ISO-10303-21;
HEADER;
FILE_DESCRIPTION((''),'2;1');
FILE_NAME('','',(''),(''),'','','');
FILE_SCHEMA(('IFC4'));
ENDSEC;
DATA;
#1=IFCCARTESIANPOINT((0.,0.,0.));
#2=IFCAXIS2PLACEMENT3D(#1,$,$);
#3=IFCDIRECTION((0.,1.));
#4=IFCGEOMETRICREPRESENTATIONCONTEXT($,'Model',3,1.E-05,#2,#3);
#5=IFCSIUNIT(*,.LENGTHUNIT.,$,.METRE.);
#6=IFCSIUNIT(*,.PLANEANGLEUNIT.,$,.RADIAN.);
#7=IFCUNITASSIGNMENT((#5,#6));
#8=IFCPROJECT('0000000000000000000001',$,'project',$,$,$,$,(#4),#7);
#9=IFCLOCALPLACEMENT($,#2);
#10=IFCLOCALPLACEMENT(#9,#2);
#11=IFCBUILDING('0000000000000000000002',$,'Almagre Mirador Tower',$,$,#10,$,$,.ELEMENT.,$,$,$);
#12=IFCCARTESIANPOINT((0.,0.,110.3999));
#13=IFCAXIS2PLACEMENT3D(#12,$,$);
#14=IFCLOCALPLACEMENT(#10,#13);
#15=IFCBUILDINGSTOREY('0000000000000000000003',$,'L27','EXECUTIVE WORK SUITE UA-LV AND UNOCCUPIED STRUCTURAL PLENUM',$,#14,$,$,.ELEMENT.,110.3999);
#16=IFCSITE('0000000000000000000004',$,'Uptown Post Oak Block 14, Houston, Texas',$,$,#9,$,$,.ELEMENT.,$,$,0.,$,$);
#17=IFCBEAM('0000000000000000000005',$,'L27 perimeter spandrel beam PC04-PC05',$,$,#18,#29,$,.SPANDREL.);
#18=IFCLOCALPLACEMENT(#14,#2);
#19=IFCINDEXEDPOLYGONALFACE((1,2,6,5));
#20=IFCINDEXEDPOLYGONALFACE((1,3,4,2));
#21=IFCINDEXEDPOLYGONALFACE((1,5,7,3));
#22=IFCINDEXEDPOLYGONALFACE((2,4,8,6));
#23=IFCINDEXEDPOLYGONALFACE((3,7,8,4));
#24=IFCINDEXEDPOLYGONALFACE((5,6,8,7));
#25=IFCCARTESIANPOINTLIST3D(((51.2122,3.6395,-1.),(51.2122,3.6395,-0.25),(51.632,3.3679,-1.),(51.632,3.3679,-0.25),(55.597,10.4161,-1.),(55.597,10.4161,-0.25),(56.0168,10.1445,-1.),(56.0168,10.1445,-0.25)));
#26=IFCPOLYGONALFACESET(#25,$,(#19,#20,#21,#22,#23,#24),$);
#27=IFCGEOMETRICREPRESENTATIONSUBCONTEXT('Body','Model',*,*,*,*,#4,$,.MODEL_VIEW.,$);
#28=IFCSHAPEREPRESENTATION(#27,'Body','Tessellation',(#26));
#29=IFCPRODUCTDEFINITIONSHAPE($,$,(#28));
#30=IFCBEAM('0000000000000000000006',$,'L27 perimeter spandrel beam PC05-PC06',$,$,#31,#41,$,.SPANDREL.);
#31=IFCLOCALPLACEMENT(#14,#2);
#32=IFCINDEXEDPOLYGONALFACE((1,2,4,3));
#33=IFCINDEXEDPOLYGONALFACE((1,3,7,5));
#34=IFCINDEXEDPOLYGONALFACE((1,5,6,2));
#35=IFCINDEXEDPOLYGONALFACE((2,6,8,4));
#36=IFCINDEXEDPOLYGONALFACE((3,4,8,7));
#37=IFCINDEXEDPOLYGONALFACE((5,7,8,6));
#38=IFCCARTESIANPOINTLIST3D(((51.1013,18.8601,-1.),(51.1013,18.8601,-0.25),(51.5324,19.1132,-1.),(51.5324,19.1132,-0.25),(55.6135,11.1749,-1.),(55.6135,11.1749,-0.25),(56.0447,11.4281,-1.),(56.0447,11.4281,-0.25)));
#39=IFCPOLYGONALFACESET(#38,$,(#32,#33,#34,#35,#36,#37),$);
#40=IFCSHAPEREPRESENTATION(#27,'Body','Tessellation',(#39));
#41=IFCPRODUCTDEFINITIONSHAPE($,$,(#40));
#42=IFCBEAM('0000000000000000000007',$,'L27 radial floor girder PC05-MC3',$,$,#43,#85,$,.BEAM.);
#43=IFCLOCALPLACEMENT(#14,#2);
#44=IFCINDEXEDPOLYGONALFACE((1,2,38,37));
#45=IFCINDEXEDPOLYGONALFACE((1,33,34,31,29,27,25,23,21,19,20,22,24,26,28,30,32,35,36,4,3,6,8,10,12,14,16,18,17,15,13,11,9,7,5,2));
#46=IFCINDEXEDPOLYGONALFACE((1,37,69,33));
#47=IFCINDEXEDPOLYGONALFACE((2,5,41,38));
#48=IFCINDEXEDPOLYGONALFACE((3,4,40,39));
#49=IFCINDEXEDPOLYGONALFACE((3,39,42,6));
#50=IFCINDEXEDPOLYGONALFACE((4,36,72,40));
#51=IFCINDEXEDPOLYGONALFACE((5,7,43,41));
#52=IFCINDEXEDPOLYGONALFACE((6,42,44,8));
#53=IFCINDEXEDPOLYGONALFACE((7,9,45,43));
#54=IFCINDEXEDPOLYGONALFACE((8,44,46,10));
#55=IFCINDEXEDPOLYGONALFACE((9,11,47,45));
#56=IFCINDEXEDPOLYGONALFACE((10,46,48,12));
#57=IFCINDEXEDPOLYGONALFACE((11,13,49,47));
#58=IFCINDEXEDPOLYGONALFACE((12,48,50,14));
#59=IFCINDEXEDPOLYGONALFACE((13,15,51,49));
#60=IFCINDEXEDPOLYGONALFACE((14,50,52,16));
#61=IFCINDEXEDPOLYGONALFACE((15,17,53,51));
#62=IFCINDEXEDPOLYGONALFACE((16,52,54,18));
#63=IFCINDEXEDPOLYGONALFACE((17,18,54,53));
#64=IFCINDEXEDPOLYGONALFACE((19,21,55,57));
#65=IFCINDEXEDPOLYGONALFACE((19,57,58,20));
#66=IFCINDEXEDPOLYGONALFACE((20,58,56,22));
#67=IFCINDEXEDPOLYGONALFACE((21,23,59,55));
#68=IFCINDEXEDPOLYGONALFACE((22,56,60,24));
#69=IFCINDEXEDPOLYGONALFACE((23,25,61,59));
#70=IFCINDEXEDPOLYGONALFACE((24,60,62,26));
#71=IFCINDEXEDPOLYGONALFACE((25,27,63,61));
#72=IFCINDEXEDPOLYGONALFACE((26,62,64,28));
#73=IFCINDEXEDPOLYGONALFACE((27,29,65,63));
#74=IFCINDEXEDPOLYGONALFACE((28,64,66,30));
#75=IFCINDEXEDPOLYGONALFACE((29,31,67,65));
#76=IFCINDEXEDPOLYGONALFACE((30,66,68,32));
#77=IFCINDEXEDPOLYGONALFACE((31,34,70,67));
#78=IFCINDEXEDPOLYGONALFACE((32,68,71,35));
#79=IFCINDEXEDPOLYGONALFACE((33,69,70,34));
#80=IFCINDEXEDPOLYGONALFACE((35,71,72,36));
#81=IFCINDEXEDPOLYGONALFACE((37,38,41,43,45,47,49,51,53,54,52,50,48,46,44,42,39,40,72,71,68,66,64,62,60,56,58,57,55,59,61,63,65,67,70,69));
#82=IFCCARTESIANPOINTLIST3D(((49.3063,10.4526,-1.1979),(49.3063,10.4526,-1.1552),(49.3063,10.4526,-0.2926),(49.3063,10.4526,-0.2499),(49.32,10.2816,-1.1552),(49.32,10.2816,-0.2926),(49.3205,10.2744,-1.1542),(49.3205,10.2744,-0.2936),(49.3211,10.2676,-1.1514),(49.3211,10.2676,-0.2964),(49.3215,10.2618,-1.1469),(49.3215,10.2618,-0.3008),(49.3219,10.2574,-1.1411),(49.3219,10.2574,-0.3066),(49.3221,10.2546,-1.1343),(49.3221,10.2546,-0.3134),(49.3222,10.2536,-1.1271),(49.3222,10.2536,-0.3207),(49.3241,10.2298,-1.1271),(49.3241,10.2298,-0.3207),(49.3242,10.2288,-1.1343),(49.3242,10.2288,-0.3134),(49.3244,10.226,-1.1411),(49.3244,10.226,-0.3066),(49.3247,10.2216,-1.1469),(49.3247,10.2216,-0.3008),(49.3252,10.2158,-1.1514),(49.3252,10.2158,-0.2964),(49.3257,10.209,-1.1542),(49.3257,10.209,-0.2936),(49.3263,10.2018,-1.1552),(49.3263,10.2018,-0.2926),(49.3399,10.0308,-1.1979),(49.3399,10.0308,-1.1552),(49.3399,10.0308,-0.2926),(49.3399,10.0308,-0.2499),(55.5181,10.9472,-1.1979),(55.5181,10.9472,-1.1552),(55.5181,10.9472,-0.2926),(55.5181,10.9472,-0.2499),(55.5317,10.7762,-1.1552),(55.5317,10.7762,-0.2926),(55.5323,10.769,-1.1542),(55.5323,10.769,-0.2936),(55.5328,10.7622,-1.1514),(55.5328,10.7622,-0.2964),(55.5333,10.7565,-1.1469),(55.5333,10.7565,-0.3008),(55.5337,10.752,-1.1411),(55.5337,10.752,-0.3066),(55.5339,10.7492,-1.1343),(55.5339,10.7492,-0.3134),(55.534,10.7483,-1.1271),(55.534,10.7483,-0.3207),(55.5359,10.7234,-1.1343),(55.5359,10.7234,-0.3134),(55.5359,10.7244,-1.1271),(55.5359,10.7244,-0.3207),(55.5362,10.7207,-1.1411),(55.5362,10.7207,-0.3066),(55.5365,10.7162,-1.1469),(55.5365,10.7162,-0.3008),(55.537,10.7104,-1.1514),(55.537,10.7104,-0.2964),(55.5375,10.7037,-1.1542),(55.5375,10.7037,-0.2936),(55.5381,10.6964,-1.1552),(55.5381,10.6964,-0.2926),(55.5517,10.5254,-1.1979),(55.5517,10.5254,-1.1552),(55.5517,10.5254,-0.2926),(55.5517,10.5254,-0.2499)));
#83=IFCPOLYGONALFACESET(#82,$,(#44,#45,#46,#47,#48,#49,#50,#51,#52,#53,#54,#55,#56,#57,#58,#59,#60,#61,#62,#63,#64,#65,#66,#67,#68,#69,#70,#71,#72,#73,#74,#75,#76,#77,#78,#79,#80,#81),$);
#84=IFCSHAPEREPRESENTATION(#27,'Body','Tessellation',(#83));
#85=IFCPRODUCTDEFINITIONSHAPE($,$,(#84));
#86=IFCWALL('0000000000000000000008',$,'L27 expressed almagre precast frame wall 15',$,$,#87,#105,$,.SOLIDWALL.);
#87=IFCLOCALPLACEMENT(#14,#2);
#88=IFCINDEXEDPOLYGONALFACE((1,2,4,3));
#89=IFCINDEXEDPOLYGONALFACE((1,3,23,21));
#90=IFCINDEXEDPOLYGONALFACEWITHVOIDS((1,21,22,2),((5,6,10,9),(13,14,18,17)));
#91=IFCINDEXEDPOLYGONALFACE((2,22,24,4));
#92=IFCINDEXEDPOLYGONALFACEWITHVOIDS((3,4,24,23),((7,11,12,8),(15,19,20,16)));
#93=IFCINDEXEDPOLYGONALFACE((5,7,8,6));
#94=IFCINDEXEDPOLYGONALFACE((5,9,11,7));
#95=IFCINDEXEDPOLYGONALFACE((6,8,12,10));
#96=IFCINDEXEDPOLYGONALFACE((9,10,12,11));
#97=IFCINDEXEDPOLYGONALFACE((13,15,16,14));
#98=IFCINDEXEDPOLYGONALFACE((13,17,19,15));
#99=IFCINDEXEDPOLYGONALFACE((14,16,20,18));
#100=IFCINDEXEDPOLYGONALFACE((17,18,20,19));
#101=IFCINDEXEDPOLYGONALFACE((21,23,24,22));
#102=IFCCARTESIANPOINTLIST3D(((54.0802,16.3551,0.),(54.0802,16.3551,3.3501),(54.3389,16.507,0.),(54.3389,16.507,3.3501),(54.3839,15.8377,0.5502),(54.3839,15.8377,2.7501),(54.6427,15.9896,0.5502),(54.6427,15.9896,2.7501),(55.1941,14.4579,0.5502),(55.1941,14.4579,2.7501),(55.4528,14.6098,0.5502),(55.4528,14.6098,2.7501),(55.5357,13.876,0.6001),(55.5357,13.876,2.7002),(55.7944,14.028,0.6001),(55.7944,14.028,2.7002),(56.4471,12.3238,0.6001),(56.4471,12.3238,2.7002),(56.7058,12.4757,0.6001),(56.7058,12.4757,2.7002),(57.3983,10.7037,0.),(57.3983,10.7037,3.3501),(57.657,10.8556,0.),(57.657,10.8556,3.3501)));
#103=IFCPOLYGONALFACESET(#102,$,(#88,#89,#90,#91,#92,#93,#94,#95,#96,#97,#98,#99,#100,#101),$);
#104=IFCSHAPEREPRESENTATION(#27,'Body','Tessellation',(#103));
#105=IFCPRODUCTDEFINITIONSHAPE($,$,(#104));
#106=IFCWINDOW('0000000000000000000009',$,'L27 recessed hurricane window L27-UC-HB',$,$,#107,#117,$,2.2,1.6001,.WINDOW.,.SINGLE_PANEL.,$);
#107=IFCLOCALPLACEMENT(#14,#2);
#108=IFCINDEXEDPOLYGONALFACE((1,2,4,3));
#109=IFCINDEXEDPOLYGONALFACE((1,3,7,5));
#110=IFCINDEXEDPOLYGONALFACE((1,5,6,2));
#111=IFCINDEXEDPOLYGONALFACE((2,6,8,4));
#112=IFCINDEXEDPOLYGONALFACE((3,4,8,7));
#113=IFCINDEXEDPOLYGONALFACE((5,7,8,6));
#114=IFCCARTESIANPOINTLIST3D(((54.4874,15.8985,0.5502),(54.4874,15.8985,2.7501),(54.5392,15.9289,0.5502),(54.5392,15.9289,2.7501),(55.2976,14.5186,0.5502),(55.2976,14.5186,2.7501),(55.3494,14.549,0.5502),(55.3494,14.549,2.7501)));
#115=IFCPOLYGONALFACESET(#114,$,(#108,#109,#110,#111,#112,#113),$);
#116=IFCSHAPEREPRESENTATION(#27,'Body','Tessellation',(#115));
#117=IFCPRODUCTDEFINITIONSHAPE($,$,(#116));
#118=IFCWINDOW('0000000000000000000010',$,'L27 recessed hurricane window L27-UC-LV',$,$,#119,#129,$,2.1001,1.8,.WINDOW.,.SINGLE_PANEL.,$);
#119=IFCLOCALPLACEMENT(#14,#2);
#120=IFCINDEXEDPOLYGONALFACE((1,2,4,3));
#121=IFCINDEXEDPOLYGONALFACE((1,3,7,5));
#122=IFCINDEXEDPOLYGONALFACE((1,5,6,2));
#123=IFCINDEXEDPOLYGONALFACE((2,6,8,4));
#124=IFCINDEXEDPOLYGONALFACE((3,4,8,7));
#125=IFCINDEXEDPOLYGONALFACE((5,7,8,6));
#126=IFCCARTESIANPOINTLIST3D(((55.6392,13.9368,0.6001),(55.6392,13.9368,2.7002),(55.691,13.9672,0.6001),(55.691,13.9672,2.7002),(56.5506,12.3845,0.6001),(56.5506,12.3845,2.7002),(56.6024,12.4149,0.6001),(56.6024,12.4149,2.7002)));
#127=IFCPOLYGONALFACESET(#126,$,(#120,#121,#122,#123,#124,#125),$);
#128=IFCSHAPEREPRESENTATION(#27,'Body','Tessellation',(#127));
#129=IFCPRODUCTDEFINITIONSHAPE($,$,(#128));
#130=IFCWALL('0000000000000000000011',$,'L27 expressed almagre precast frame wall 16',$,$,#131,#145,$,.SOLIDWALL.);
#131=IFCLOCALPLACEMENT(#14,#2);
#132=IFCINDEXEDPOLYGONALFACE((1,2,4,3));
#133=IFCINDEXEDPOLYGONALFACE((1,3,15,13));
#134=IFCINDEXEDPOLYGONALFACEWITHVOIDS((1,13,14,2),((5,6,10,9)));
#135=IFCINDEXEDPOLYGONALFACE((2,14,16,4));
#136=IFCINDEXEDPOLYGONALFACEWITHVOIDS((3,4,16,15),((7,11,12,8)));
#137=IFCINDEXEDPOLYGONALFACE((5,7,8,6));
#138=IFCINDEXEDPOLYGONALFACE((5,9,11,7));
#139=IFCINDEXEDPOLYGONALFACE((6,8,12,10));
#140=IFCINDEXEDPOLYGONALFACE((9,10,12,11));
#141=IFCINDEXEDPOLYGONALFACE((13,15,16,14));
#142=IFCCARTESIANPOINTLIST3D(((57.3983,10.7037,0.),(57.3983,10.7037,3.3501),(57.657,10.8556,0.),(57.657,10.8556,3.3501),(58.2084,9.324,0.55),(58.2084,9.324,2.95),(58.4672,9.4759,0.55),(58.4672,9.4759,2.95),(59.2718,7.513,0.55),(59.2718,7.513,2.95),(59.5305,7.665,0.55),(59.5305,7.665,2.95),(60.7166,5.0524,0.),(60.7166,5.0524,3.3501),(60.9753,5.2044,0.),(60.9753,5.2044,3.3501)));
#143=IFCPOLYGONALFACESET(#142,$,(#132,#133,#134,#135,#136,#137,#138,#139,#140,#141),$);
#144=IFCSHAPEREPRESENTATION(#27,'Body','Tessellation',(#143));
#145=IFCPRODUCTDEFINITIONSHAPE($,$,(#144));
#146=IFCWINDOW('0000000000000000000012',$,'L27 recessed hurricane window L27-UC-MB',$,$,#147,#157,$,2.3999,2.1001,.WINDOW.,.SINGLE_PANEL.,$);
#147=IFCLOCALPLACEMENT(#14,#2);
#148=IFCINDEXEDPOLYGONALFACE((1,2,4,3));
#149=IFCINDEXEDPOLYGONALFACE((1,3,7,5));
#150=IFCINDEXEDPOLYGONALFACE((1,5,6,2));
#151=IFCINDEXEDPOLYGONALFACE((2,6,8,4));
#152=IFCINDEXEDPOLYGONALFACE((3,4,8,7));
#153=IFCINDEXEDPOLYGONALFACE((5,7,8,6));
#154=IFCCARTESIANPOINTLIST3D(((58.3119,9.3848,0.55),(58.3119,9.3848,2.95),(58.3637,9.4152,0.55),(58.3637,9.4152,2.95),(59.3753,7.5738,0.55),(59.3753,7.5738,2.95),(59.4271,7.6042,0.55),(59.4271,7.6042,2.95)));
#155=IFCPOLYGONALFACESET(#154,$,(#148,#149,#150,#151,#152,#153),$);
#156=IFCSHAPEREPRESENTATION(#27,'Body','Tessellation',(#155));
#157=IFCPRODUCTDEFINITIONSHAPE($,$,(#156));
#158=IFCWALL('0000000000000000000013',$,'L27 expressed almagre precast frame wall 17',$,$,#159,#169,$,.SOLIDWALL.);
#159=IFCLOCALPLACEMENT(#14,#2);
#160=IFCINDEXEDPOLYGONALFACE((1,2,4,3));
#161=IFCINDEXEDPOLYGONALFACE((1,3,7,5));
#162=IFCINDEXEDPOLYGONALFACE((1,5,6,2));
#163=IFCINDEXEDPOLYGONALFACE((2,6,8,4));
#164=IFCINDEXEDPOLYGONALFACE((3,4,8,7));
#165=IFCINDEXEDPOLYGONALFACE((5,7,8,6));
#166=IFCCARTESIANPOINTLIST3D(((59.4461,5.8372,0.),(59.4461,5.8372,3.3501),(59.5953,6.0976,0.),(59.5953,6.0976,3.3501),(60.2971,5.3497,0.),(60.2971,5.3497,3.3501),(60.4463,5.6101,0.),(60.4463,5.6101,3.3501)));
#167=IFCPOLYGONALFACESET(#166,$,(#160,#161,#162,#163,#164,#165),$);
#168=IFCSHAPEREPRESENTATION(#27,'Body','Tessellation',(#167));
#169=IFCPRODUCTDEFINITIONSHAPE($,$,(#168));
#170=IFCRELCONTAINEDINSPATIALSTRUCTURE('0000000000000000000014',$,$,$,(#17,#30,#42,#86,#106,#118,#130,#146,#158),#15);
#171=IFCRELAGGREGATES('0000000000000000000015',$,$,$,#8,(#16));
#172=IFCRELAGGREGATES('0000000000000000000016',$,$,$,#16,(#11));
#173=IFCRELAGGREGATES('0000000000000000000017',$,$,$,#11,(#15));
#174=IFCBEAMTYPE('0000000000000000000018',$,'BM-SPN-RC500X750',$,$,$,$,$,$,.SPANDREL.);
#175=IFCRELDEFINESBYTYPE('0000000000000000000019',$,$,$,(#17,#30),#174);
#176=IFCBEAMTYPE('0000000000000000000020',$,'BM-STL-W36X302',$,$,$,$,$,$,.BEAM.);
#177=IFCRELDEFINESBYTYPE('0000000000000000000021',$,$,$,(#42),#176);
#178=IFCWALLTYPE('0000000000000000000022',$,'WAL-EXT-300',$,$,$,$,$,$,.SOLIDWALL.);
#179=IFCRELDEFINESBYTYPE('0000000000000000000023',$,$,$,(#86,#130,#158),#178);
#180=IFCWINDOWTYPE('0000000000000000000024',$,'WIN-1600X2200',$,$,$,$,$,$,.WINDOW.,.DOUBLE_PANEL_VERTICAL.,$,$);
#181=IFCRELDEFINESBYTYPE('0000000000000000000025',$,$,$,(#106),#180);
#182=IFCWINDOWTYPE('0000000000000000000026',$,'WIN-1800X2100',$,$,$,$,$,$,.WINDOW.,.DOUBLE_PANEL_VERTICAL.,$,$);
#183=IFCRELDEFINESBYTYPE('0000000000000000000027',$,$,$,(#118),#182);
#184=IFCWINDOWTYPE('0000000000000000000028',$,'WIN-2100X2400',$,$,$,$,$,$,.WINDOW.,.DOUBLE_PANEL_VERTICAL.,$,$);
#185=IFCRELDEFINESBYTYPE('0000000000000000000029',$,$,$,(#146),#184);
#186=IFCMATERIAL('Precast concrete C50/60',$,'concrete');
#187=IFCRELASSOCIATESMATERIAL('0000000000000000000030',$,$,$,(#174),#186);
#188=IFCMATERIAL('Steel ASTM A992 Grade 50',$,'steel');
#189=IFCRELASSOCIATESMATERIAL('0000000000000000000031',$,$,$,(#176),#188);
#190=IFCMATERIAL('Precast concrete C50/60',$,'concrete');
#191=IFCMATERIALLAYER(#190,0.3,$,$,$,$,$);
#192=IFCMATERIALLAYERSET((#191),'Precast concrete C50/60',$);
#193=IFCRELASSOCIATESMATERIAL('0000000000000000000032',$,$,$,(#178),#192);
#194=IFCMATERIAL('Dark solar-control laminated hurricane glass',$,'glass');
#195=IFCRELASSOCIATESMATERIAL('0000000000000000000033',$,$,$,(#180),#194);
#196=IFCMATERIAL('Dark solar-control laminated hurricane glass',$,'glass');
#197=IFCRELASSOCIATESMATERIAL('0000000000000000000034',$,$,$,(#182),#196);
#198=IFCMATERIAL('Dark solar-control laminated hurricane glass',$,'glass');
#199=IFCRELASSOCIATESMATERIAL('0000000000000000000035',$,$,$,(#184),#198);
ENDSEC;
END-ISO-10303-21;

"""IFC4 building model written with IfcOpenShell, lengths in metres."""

from ifc_helpers import new_model, si_unit, direction, frame, frame_2d, origin, origin_2d, place, context, subcontext, project, spatial, rectangle, i_section, extrude, material, layer, layer_set, material_profile, profile_set, type_object, element, fill, save


model = new_model("IFC4")

# Units and contexts
model_context = context("Model", 3, precision=1e-05, world=origin(), true_north=direction((0.0, 1.0)))
body_context = subcontext(model_context, "Body", "Model", "MODEL_VIEW")
ifc_project = project(units=[si_unit("LENGTHUNIT", "METRE"), si_unit("PLANEANGLEUNIT", "RADIAN")], contexts=[model_context])

# Site, building, storey
site_placement = place(None, origin())
site = spatial("IfcSite", under=ifc_project, at=site_placement, Name="Uptown Post Oak Block 14, Houston, Texas", CompositionType="ELEMENT", RefElevation=0.0)
building_placement = place(site_placement, origin())
building = spatial("IfcBuilding", under=site, at=building_placement, Name="Almagre Mirador Tower", CompositionType="ELEMENT")
storey_placement = place(building_placement, frame((0.0, 0.0, 110.3999)))
storey = spatial("IfcBuildingStorey", under=building, at=storey_placement, Name="L27", Description="EXECUTIVE WORK SUITE UA-LV AND UNOCCUPIED STRUCTURAL PLENUM", CompositionType="ELEMENT", Elevation=110.3999)

# Beams
ifc_material_1 = material(Name="Precast concrete C50/60", Category="concrete")
ifc_material_profile_1 = material_profile(ifc_material_1, rectangle(XDim=0.5, YDim=0.75, at=origin_2d()), Name="RC500X750")
ifc_profile_set_1 = profile_set([ifc_material_profile_1], Name="Precast concrete C50/60")
beam_type_1 = type_object("IfcBeamType", Name="BM-SPN-RC500X750", PredefinedType="SPANDREL", material=ifc_profile_set_1)
beam_1_placement = place(storey_placement, frame((51.4221, 3.5037, -0.625), z_axis=(0.543242, 0.839576, 0.0), x_axis=(-0.839576, 0.543242, 0.0)))
element("IfcBeam", 1, at=beam_1_placement, inside=storey, type_object=beam_type_1, Name="L27 perimeter spandrel beam PC04-PC05", PredefinedType="SPANDREL", context=body_context, shape_type="SweptSolid", body=[
    extrude(rectangle(XDim=0.5, YDim=0.75, at=origin_2d()), origin(), (0.0, 0.0, 1.0), 8.0715),
])
beam_2_placement = place(storey_placement, frame((55.8291, 11.3015, -0.625), z_axis=(-0.506318, 0.862347, 0.0), x_axis=(-0.862347, -0.506318, 0.0)))
element("IfcBeam", 2, at=beam_2_placement, inside=storey, type_object=beam_type_1, Name="L27 perimeter spandrel beam PC05-PC06", PredefinedType="SPANDREL", context=body_context, shape_type="SweptSolid", body=[
    extrude(rectangle(XDim=0.5, YDim=0.75, at=origin_2d()), origin(), (0.0, 0.0, 1.0), 8.9119),
])
ifc_material_2 = material(Name="Steel ASTM A992 Grade 50", Category="steel")
ifc_material_profile_2 = material_profile(ifc_material_2, i_section(OverallWidth=0.4231, OverallDepth=0.948, WebThickness=0.0239, FlangeThickness=0.0427, FilletRadius=0.0281, at=origin_2d()), Name="W36X302")
ifc_profile_set_2 = profile_set([ifc_material_profile_2], Name="Steel ASTM A992 Grade 50")
beam_type_2 = type_object("IfcBeamType", Name="BM-STL-W36X302", PredefinedType="BEAM", material=ifc_profile_set_2)
beam_3_placement = place(storey_placement, frame((55.5349, 10.7363, -0.7239), z_axis=(-0.996845, -0.079378, 0.0), x_axis=(0.079378, -0.996845, 0.0)))
element("IfcBeam", 3, at=beam_3_placement, inside=storey, type_object=beam_type_2, Name="L27 radial floor girder PC05-MC3", PredefinedType="BEAM", context=body_context, shape_type="SweptSolid", body=[
    extrude(i_section(OverallWidth=0.4231, OverallDepth=0.948, WebThickness=0.0239, FlangeThickness=0.0427, FilletRadius=0.0281, at=origin_2d()), origin(), (0.0, 0.0, 1.0), 6.2314),
])

# Wall, openings, windows
ifc_material_3 = material(Name="Precast concrete C50/60", Category="concrete")
ifc_layer = layer(ifc_material_3, 0.3)
ifc_layer_set = layer_set([ifc_layer], Name="Precast concrete C50/60")
wall_type = type_object("IfcWallType", Name="WAL-EXT-300", PredefinedType="SOLIDWALL", material=ifc_layer_set)
wall_1_placement = place(storey_placement, frame((54.2095, 16.4312, 0.0), z_axis=(0.0, 0.0, 1.0), x_axis=(0.506315, -0.862349, 0.0)))
wall_1 = element("IfcWall", 4, at=wall_1_placement, inside=storey, type_object=wall_type, Name="L27 expressed almagre precast frame wall 15", PredefinedType="SOLIDWALL", context=body_context, shape_type="SweptSolid", body=[
    extrude(rectangle(XDim=6.5535, YDim=0.3, at=frame_2d((3.2769, 0.0))), origin(), (0.0, 0.0, 1.0), 3.3501),
])
opening_1_placement = place(wall_1_placement, frame((2.875, 0.0, 0.6001)))
opening_1 = element("IfcOpeningElement", 5, at=opening_1_placement, cuts=wall_1, PredefinedType="OPENING", context=body_context, shape_type="SweptSolid", body=[
    extrude(rectangle(XDim=1.8, YDim=2.1001, at=frame_2d((0.8999, 1.05))), frame((0.0, 0.1599, 0.0), z_axis=(0.0, -1.0, 0.0), x_axis=(1.0, 0.0, 0.0)), (0.0, 0.0, 1.0), 0.32),
])
opening_2_placement = place(wall_1_placement, frame((0.6001, 0.0, 0.55)))
opening_2 = element("IfcOpeningElement", 6, at=opening_2_placement, cuts=wall_1, PredefinedType="OPENING", context=body_context, shape_type="SweptSolid", body=[
    extrude(rectangle(XDim=1.6001, YDim=2.2, at=frame_2d((0.8, 1.1001))), frame((0.0, 0.1599, 0.0), z_axis=(0.0, -1.0, 0.0), x_axis=(1.0, 0.0, 0.0)), (0.0, 0.0, 1.0), 0.32),
])
ifc_material_4 = material(Name="Dark solar-control laminated hurricane glass", Category="glass")
window_type_1 = type_object("IfcWindowType", Name="WIN-1600X2200", PartitioningType="DOUBLE_PANEL_VERTICAL", PredefinedType="WINDOW", material=ifc_material_4)
window_1_placement = place(opening_2_placement, origin())
window_1 = element("IfcWindow", 7, at=window_1_placement, inside=storey, type_object=window_type_1, Name="L27 recessed hurricane window L27-UC-HB", OverallHeight=2.2, OverallWidth=1.6001, PartitioningType="SINGLE_PANEL", PredefinedType="WINDOW", context=body_context, shape_type="SweptSolid", body=[
    extrude(rectangle(XDim=1.6001, YDim=2.2, at=frame_2d((0.8, 1.1001))), frame((0.0, 0.03, 0.0), z_axis=(0.0, -1.0, 0.0), x_axis=(1.0, 0.0, 0.0)), (0.0, 0.0, 1.0), 0.0601),
])
fill(opening_2, window_1)
ifc_material_5 = material(Name="Dark solar-control laminated hurricane glass", Category="glass")
window_type_2 = type_object("IfcWindowType", Name="WIN-1800X2100", PartitioningType="DOUBLE_PANEL_VERTICAL", PredefinedType="WINDOW", material=ifc_material_5)
window_2_placement = place(opening_1_placement, origin())
window_2 = element("IfcWindow", 8, at=window_2_placement, inside=storey, type_object=window_type_2, Name="L27 recessed hurricane window L27-UC-LV", OverallHeight=2.1001, OverallWidth=1.8, PartitioningType="SINGLE_PANEL", PredefinedType="WINDOW", context=body_context, shape_type="SweptSolid", body=[
    extrude(rectangle(XDim=1.8, YDim=2.1001, at=frame_2d((0.8999, 1.05))), frame((0.0, 0.03, 0.0), z_axis=(0.0, -1.0, 0.0), x_axis=(1.0, 0.0, 0.0)), (0.0, 0.0, 1.0), 0.0601),
])
fill(opening_1, window_2)

# Wall, opening, window
wall_2_placement = place(storey_placement, frame((57.5276, 10.7798, 0.0), z_axis=(0.0, 0.0, 1.0), x_axis=(0.506343, -0.862332, 0.0)))
wall_2 = element("IfcWall", 9, at=wall_2_placement, inside=storey, type_object=wall_type, Name="L27 expressed almagre precast frame wall 16", PredefinedType="SOLIDWALL", context=body_context, shape_type="SweptSolid", body=[
    extrude(rectangle(XDim=6.5535, YDim=0.3, at=frame_2d((3.2769, 0.0))), origin(), (0.0, 0.0, 1.0), 3.3501),
])
opening_3_placement = place(wall_2_placement, frame((1.6001, 0.0, 0.55)))
opening_3 = element("IfcOpeningElement", 10, at=opening_3_placement, cuts=wall_2, PredefinedType="OPENING", context=body_context, shape_type="SweptSolid", body=[
    extrude(rectangle(XDim=2.1001, YDim=2.3999, at=frame_2d((1.05, 1.2))), frame((0.0, 0.1599, 0.0), z_axis=(0.0, -1.0, 0.0), x_axis=(1.0, 0.0, 0.0)), (0.0, 0.0, 1.0), 0.32),
])
ifc_material_6 = material(Name="Dark solar-control laminated hurricane glass", Category="glass")
window_type_3 = type_object("IfcWindowType", Name="WIN-2100X2400", PartitioningType="DOUBLE_PANEL_VERTICAL", PredefinedType="WINDOW", material=ifc_material_6)
window_3_placement = place(opening_3_placement, origin())
window_3 = element("IfcWindow", 11, at=window_3_placement, inside=storey, type_object=window_type_3, Name="L27 recessed hurricane window L27-UC-MB", OverallHeight=2.3999, OverallWidth=2.1001, PartitioningType="SINGLE_PANEL", PredefinedType="WINDOW", context=body_context, shape_type="SweptSolid", body=[
    extrude(rectangle(XDim=2.1001, YDim=2.3999, at=frame_2d((1.05, 1.2))), frame((0.0, 0.03, 0.0), z_axis=(0.0, -1.0, 0.0), x_axis=(1.0, 0.0, 0.0)), (0.0, 0.0, 1.0), 0.0601),
])
fill(opening_3, window_3)

# Wall
wall_3_placement = place(storey_placement, frame((60.3716, 5.48, 0.0), z_axis=(0.0, 0.0, 1.0), x_axis=(-0.867707, 0.497077, 0.0)))
element("IfcWall", 12, at=wall_3_placement, inside=storey, type_object=wall_type, Name="L27 expressed almagre precast frame wall 17", PredefinedType="SOLIDWALL", context=body_context, shape_type="SweptSolid", body=[
    extrude(rectangle(XDim=0.9807, YDim=0.3, at=frame_2d((0.4902, 0.0))), origin(), (0.0, 0.0, 1.0), 3.3501),
])

save(model, "model.ifc")
